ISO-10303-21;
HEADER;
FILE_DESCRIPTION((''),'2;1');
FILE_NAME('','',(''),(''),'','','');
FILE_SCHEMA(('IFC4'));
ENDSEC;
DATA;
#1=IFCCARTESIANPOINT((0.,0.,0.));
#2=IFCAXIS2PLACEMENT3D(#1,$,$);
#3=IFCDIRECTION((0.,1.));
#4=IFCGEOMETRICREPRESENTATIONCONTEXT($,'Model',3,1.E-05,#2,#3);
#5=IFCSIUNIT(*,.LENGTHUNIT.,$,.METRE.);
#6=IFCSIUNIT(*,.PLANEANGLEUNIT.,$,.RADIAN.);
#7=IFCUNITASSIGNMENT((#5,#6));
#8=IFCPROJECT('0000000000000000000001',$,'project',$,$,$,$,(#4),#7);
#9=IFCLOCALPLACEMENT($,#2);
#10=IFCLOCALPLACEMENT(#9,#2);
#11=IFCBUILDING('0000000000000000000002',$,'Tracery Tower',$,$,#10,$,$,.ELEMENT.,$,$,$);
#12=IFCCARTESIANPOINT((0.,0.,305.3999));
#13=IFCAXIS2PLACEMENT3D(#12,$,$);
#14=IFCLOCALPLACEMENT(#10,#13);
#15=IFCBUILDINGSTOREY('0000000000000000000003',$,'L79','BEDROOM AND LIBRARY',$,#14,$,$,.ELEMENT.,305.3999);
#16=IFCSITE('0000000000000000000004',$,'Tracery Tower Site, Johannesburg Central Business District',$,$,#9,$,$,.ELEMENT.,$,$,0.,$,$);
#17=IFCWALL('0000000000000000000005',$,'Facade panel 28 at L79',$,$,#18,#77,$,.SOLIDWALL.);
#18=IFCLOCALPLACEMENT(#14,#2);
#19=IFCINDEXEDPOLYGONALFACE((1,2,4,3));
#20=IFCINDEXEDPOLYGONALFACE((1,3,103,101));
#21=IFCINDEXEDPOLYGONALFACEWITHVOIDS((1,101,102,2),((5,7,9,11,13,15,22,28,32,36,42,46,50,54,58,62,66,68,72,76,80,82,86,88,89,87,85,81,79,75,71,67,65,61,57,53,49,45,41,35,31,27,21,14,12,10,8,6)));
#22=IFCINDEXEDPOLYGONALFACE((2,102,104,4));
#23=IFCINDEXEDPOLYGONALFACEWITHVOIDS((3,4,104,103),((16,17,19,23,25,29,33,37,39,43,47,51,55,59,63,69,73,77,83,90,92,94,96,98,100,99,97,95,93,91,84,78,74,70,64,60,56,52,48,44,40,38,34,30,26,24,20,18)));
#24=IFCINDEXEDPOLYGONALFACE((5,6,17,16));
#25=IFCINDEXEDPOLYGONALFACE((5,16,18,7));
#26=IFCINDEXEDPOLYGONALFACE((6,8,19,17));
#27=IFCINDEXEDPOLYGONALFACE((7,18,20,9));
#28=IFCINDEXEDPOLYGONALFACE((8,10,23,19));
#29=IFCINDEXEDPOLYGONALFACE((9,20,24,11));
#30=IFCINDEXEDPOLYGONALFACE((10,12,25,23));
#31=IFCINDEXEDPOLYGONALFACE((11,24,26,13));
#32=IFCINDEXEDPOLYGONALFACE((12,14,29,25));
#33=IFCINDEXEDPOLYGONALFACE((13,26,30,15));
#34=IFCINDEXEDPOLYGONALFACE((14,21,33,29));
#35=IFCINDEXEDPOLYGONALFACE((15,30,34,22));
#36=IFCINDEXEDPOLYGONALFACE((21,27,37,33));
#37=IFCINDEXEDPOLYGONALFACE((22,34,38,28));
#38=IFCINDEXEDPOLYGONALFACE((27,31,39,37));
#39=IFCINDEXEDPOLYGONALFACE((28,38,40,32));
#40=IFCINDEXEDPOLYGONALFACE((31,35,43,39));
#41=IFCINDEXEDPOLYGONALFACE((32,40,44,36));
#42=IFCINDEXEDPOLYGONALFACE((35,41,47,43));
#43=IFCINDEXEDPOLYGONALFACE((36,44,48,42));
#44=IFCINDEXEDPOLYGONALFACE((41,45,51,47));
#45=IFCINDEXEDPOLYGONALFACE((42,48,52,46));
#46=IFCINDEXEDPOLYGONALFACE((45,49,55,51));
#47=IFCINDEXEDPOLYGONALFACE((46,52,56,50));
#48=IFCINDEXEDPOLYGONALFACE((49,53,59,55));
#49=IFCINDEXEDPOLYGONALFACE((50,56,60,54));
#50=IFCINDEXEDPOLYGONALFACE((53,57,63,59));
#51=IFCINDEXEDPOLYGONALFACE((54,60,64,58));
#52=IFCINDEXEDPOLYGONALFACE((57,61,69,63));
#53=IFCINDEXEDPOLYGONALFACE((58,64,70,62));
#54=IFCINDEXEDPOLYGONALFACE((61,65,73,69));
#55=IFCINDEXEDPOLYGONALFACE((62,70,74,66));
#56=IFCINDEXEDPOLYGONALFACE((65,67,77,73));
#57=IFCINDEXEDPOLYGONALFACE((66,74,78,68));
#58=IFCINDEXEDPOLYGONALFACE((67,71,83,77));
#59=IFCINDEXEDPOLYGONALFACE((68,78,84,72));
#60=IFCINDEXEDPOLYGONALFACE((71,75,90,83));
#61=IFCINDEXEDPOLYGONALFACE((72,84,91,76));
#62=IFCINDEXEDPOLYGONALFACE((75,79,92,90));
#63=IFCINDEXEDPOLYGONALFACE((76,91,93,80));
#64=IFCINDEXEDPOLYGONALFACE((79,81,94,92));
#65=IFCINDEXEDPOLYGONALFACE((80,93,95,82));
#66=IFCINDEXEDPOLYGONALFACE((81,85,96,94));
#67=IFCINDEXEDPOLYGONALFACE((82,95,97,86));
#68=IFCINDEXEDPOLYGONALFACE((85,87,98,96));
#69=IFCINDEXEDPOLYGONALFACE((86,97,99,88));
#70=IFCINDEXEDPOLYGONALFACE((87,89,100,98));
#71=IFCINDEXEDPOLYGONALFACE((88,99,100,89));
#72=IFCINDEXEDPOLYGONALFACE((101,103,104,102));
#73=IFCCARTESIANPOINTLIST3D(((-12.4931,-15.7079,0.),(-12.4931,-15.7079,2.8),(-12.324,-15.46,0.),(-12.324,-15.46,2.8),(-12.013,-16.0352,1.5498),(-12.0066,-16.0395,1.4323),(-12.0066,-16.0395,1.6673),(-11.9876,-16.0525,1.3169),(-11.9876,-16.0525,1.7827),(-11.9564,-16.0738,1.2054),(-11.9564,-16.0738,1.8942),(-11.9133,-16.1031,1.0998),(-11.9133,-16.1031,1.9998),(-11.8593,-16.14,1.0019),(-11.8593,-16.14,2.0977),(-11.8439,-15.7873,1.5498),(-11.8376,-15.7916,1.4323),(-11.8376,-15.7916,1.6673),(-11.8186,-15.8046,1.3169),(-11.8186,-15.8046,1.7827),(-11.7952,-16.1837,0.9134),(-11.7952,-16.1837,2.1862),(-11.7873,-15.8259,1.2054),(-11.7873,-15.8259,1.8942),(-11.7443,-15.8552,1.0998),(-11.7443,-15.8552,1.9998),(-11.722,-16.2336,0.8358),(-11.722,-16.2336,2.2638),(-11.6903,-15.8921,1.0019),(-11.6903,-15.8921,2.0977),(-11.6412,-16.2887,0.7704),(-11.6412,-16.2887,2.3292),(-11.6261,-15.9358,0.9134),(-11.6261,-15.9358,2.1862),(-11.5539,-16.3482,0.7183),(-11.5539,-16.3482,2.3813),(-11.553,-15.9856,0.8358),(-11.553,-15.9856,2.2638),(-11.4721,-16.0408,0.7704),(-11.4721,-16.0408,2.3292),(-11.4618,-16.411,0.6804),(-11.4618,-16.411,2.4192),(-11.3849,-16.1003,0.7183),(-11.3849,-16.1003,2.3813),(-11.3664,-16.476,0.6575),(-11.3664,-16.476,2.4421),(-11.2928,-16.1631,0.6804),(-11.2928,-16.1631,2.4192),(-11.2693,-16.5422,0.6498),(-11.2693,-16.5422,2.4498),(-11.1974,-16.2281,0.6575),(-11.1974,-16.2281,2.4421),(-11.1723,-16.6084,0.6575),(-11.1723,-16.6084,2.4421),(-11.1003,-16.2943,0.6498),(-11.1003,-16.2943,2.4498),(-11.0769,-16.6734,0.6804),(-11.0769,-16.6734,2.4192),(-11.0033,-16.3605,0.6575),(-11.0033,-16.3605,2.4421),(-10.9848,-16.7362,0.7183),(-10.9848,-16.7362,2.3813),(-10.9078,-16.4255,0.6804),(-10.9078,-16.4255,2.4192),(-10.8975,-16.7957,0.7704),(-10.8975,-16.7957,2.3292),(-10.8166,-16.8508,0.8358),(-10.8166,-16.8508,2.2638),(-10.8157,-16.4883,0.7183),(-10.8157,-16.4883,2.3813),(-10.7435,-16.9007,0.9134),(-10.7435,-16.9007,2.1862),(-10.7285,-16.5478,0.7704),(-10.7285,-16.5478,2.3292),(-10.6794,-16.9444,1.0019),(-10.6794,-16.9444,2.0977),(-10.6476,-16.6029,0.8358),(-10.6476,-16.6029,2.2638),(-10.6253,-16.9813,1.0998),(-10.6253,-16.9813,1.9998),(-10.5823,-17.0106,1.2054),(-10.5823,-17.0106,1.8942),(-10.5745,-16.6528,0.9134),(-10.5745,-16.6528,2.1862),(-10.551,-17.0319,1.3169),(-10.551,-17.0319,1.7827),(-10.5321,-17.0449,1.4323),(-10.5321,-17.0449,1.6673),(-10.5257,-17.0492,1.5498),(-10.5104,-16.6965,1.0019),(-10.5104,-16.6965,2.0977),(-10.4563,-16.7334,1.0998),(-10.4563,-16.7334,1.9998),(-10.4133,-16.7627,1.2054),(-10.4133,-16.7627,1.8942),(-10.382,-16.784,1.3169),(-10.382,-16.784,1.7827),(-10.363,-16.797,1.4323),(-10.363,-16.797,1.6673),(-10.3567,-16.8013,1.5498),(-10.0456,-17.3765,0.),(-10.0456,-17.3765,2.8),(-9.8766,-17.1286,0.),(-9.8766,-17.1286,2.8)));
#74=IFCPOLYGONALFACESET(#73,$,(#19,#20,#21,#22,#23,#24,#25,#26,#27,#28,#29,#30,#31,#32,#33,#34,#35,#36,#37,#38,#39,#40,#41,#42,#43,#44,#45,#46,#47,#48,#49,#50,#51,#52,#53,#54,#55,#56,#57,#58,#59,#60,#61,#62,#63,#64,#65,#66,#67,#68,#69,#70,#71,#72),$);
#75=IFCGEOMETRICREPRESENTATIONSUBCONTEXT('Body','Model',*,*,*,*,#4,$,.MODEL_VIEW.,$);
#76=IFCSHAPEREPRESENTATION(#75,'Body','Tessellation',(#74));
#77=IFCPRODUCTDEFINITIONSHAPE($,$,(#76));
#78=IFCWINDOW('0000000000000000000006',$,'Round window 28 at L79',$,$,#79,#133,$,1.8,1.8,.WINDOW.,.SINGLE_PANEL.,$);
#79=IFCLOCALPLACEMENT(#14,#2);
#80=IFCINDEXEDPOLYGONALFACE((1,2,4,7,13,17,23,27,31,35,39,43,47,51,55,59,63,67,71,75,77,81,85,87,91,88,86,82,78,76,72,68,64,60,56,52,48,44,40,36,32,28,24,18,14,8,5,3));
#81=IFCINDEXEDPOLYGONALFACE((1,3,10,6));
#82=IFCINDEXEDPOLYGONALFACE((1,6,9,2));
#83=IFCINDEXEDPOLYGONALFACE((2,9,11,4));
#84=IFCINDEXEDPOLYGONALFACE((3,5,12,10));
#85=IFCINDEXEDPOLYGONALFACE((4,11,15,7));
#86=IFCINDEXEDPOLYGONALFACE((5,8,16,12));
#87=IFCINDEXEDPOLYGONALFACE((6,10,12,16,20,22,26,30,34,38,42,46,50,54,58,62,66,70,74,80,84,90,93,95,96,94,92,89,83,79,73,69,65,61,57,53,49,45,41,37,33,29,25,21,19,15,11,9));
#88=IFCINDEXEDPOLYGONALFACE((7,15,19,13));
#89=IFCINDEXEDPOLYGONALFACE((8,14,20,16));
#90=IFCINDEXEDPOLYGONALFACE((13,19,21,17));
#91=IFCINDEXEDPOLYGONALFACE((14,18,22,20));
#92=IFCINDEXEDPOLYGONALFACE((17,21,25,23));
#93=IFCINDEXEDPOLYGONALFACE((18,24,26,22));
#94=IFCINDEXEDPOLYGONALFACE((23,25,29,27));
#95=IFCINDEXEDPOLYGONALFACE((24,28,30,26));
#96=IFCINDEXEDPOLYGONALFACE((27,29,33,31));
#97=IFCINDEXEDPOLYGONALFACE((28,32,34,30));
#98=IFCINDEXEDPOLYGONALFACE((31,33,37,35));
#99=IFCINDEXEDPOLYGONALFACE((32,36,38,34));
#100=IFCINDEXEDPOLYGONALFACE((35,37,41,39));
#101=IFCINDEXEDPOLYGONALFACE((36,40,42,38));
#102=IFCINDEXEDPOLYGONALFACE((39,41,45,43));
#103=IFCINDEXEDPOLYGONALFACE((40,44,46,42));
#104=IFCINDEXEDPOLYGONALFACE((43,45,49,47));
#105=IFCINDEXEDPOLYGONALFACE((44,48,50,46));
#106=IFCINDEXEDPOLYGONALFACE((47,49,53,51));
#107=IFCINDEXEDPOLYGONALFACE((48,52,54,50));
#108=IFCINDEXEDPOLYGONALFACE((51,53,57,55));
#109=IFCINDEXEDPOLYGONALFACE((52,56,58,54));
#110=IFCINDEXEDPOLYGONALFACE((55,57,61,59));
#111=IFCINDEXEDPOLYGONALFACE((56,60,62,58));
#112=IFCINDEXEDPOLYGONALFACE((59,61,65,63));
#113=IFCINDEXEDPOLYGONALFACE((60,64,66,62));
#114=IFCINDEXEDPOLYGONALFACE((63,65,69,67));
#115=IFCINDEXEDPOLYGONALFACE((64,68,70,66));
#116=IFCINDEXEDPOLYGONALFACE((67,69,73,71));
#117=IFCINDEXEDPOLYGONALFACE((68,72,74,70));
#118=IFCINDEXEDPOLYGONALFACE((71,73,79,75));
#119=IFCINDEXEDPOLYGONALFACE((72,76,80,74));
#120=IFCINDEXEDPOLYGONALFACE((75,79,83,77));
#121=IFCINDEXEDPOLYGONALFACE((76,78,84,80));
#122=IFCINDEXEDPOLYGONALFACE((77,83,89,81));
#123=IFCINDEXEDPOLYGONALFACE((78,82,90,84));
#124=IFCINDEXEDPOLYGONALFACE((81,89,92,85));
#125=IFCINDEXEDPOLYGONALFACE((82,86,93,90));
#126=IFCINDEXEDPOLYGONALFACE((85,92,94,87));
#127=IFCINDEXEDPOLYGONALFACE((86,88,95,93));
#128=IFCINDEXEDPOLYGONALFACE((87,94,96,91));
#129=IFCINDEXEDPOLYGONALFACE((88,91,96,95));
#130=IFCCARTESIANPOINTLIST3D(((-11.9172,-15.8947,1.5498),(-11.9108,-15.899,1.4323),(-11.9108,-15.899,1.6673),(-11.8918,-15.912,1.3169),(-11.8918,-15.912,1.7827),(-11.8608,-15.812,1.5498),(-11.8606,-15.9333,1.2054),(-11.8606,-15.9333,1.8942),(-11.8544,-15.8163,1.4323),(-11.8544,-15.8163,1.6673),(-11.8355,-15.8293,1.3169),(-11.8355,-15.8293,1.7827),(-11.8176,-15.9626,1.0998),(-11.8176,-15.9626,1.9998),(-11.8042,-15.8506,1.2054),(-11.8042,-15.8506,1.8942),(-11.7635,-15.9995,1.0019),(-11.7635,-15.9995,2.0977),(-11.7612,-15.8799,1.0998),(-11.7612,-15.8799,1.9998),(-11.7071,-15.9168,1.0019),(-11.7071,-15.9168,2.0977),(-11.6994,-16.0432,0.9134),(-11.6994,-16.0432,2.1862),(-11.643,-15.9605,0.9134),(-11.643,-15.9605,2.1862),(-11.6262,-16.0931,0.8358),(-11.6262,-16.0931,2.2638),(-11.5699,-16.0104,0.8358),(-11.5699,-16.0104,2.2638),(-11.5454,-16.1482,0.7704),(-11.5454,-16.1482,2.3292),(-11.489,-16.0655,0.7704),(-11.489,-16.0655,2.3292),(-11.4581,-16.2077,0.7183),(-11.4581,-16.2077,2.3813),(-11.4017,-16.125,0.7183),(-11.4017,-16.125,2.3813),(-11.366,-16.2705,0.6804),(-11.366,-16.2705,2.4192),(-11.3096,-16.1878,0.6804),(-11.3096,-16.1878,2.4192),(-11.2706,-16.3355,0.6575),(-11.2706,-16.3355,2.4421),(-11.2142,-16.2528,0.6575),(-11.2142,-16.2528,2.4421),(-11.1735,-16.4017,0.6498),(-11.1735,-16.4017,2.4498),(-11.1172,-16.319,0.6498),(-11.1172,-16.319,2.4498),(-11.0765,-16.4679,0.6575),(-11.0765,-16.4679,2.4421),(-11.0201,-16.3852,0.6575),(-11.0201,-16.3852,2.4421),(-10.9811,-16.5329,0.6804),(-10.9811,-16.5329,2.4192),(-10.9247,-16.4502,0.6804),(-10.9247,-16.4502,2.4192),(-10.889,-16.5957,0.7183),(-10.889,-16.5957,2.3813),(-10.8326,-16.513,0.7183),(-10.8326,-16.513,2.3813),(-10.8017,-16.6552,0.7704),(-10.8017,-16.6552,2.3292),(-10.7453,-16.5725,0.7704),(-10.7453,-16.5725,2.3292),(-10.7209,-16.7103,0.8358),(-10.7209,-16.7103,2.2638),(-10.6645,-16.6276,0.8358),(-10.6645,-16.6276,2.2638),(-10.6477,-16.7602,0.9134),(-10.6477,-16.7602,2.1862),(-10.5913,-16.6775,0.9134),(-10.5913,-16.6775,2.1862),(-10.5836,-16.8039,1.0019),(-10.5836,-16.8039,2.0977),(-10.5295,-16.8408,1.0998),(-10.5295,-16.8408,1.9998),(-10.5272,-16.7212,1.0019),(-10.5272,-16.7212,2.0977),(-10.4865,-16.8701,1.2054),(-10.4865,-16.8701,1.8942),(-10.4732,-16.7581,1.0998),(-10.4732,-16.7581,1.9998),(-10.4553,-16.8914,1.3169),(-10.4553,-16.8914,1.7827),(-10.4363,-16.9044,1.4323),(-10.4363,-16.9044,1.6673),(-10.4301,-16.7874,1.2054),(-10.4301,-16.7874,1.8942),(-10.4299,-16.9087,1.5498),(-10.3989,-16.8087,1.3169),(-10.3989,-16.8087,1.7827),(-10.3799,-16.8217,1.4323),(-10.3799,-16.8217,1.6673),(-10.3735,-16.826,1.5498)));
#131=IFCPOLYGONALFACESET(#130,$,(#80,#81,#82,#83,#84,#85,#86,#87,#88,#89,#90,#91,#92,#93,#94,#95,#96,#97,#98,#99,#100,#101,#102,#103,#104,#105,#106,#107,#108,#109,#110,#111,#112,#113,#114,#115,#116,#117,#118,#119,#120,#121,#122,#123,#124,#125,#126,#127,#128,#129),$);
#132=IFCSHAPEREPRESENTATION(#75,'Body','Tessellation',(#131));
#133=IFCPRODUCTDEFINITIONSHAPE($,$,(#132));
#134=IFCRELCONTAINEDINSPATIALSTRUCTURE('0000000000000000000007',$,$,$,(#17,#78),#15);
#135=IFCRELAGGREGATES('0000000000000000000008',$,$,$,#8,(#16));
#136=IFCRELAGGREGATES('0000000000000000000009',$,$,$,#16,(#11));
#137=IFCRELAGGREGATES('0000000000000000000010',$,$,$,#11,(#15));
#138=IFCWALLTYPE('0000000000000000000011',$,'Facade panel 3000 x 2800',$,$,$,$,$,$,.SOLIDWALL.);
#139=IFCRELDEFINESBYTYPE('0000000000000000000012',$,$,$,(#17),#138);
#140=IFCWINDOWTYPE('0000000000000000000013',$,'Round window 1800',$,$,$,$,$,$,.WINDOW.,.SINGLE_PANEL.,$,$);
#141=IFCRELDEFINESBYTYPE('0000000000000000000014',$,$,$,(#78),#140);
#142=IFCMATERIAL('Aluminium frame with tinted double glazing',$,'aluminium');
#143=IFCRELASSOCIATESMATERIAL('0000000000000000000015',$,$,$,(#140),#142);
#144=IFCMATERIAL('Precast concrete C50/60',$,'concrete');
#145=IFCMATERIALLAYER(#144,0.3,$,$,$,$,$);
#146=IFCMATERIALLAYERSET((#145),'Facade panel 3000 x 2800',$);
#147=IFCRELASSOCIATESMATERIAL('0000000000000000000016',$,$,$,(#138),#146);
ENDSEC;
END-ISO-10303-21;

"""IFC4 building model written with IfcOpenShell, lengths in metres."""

from ifc_helpers import new_model, si_unit, direction, frame, frame_2d, origin, origin_2d, place, context, subcontext, project, spatial, rectangle, circle, extrude, material, layer, layer_set, type_object, element, fill, save


model = new_model("IFC4")

# Units and contexts
model_context = context("Model", 3, precision=1e-05, world=origin(), true_north=direction((0.0, 1.0)))
body_context = subcontext(model_context, "Body", "Model", "MODEL_VIEW")
ifc_project = project(units=[si_unit("LENGTHUNIT", "METRE"), si_unit("PLANEANGLEUNIT", "RADIAN")], contexts=[model_context])

# Site, building, storey
site_placement = place(None, origin())
site = spatial("IfcSite", under=ifc_project, at=site_placement, Name="Tracery Tower Site, Johannesburg Central Business District", CompositionType="ELEMENT", RefElevation=0.0)
building_placement = place(site_placement, origin())
building = spatial("IfcBuilding", under=site, at=building_placement, Name="Tracery Tower", CompositionType="ELEMENT")
storey_placement = place(building_placement, frame((0.0, 0.0, 305.3999)))
storey = spatial("IfcBuildingStorey", under=building, at=storey_placement, Name="L79", Description="BEDROOM AND LIBRARY", CompositionType="ELEMENT", Elevation=305.3999)

# Wall, opening, window
ifc_material_1 = material(Name="Aluminium frame with tinted double glazing", Category="aluminium")
window_type = type_object("IfcWindowType", Name="Round window 1800", PartitioningType="SINGLE_PANEL", PredefinedType="WINDOW", material=ifc_material_1)
ifc_material_2 = material(Name="Precast concrete C50/60", Category="concrete")
ifc_layer_1 = layer(ifc_material_2, 0.3)
ifc_layer_set_1 = layer_set([ifc_layer_1], Name="Facade panel 3000 x 2800")
wall_type_1 = type_object("IfcWallType", Name="Facade panel 3000 x 2800", PredefinedType="SOLIDWALL", material=ifc_layer_set_1)
wall_1_placement = place(storey_placement, frame((-12.4084, -15.584, 0.0), z_axis=(0.0, 0.0, 1.0), x_axis=(0.826236, -0.563324, 0.0)))
wall_1 = element("IfcWall", 1, at=wall_1_placement, inside=storey, type_object=wall_type_1, Name="Facade panel 28 at L79", PredefinedType="SOLIDWALL", context=body_context, shape_type="SweptSolid", body=[
    extrude(rectangle(XDim=2.9622, YDim=0.3, at=frame_2d((1.481, 0.0))), origin(), (0.0, 0.0, 1.0), 2.8),
])
opening_1_placement = place(wall_1_placement, frame((1.481, 0.0, 1.5498)))
opening_1 = element("IfcOpeningElement", 2, at=opening_1_placement, cuts=wall_1, PredefinedType="OPENING", context=body_context, shape_type="SweptSolid", body=[
    extrude(circle(Radius=0.9, at=origin_2d()), frame((0.0, 0.1599, 0.0), z_axis=(0.0, -1.0, 0.0), x_axis=(1.0, 0.0, 0.0)), (0.0, 0.0, 1.0), 0.3201),
])
window_1_placement = place(opening_1_placement, origin())
window_1 = element("IfcWindow", 3, at=window_1_placement, inside=storey, type_object=window_type, Name="Round window 28 at L79", OverallHeight=1.8, OverallWidth=1.8, PartitioningType="SINGLE_PANEL", PredefinedType="WINDOW", context=body_context, shape_type="SweptSolid", body=[
    extrude(circle(Radius=0.9, at=origin_2d()), frame((0.0, 0.1201, 0.0), z_axis=(0.0, -1.0, 0.0), x_axis=(1.0, 0.0, 0.0)), (0.0, 0.0, 1.0), 0.1001),
])
fill(opening_1, window_1)

save(model, "model.ifc")
